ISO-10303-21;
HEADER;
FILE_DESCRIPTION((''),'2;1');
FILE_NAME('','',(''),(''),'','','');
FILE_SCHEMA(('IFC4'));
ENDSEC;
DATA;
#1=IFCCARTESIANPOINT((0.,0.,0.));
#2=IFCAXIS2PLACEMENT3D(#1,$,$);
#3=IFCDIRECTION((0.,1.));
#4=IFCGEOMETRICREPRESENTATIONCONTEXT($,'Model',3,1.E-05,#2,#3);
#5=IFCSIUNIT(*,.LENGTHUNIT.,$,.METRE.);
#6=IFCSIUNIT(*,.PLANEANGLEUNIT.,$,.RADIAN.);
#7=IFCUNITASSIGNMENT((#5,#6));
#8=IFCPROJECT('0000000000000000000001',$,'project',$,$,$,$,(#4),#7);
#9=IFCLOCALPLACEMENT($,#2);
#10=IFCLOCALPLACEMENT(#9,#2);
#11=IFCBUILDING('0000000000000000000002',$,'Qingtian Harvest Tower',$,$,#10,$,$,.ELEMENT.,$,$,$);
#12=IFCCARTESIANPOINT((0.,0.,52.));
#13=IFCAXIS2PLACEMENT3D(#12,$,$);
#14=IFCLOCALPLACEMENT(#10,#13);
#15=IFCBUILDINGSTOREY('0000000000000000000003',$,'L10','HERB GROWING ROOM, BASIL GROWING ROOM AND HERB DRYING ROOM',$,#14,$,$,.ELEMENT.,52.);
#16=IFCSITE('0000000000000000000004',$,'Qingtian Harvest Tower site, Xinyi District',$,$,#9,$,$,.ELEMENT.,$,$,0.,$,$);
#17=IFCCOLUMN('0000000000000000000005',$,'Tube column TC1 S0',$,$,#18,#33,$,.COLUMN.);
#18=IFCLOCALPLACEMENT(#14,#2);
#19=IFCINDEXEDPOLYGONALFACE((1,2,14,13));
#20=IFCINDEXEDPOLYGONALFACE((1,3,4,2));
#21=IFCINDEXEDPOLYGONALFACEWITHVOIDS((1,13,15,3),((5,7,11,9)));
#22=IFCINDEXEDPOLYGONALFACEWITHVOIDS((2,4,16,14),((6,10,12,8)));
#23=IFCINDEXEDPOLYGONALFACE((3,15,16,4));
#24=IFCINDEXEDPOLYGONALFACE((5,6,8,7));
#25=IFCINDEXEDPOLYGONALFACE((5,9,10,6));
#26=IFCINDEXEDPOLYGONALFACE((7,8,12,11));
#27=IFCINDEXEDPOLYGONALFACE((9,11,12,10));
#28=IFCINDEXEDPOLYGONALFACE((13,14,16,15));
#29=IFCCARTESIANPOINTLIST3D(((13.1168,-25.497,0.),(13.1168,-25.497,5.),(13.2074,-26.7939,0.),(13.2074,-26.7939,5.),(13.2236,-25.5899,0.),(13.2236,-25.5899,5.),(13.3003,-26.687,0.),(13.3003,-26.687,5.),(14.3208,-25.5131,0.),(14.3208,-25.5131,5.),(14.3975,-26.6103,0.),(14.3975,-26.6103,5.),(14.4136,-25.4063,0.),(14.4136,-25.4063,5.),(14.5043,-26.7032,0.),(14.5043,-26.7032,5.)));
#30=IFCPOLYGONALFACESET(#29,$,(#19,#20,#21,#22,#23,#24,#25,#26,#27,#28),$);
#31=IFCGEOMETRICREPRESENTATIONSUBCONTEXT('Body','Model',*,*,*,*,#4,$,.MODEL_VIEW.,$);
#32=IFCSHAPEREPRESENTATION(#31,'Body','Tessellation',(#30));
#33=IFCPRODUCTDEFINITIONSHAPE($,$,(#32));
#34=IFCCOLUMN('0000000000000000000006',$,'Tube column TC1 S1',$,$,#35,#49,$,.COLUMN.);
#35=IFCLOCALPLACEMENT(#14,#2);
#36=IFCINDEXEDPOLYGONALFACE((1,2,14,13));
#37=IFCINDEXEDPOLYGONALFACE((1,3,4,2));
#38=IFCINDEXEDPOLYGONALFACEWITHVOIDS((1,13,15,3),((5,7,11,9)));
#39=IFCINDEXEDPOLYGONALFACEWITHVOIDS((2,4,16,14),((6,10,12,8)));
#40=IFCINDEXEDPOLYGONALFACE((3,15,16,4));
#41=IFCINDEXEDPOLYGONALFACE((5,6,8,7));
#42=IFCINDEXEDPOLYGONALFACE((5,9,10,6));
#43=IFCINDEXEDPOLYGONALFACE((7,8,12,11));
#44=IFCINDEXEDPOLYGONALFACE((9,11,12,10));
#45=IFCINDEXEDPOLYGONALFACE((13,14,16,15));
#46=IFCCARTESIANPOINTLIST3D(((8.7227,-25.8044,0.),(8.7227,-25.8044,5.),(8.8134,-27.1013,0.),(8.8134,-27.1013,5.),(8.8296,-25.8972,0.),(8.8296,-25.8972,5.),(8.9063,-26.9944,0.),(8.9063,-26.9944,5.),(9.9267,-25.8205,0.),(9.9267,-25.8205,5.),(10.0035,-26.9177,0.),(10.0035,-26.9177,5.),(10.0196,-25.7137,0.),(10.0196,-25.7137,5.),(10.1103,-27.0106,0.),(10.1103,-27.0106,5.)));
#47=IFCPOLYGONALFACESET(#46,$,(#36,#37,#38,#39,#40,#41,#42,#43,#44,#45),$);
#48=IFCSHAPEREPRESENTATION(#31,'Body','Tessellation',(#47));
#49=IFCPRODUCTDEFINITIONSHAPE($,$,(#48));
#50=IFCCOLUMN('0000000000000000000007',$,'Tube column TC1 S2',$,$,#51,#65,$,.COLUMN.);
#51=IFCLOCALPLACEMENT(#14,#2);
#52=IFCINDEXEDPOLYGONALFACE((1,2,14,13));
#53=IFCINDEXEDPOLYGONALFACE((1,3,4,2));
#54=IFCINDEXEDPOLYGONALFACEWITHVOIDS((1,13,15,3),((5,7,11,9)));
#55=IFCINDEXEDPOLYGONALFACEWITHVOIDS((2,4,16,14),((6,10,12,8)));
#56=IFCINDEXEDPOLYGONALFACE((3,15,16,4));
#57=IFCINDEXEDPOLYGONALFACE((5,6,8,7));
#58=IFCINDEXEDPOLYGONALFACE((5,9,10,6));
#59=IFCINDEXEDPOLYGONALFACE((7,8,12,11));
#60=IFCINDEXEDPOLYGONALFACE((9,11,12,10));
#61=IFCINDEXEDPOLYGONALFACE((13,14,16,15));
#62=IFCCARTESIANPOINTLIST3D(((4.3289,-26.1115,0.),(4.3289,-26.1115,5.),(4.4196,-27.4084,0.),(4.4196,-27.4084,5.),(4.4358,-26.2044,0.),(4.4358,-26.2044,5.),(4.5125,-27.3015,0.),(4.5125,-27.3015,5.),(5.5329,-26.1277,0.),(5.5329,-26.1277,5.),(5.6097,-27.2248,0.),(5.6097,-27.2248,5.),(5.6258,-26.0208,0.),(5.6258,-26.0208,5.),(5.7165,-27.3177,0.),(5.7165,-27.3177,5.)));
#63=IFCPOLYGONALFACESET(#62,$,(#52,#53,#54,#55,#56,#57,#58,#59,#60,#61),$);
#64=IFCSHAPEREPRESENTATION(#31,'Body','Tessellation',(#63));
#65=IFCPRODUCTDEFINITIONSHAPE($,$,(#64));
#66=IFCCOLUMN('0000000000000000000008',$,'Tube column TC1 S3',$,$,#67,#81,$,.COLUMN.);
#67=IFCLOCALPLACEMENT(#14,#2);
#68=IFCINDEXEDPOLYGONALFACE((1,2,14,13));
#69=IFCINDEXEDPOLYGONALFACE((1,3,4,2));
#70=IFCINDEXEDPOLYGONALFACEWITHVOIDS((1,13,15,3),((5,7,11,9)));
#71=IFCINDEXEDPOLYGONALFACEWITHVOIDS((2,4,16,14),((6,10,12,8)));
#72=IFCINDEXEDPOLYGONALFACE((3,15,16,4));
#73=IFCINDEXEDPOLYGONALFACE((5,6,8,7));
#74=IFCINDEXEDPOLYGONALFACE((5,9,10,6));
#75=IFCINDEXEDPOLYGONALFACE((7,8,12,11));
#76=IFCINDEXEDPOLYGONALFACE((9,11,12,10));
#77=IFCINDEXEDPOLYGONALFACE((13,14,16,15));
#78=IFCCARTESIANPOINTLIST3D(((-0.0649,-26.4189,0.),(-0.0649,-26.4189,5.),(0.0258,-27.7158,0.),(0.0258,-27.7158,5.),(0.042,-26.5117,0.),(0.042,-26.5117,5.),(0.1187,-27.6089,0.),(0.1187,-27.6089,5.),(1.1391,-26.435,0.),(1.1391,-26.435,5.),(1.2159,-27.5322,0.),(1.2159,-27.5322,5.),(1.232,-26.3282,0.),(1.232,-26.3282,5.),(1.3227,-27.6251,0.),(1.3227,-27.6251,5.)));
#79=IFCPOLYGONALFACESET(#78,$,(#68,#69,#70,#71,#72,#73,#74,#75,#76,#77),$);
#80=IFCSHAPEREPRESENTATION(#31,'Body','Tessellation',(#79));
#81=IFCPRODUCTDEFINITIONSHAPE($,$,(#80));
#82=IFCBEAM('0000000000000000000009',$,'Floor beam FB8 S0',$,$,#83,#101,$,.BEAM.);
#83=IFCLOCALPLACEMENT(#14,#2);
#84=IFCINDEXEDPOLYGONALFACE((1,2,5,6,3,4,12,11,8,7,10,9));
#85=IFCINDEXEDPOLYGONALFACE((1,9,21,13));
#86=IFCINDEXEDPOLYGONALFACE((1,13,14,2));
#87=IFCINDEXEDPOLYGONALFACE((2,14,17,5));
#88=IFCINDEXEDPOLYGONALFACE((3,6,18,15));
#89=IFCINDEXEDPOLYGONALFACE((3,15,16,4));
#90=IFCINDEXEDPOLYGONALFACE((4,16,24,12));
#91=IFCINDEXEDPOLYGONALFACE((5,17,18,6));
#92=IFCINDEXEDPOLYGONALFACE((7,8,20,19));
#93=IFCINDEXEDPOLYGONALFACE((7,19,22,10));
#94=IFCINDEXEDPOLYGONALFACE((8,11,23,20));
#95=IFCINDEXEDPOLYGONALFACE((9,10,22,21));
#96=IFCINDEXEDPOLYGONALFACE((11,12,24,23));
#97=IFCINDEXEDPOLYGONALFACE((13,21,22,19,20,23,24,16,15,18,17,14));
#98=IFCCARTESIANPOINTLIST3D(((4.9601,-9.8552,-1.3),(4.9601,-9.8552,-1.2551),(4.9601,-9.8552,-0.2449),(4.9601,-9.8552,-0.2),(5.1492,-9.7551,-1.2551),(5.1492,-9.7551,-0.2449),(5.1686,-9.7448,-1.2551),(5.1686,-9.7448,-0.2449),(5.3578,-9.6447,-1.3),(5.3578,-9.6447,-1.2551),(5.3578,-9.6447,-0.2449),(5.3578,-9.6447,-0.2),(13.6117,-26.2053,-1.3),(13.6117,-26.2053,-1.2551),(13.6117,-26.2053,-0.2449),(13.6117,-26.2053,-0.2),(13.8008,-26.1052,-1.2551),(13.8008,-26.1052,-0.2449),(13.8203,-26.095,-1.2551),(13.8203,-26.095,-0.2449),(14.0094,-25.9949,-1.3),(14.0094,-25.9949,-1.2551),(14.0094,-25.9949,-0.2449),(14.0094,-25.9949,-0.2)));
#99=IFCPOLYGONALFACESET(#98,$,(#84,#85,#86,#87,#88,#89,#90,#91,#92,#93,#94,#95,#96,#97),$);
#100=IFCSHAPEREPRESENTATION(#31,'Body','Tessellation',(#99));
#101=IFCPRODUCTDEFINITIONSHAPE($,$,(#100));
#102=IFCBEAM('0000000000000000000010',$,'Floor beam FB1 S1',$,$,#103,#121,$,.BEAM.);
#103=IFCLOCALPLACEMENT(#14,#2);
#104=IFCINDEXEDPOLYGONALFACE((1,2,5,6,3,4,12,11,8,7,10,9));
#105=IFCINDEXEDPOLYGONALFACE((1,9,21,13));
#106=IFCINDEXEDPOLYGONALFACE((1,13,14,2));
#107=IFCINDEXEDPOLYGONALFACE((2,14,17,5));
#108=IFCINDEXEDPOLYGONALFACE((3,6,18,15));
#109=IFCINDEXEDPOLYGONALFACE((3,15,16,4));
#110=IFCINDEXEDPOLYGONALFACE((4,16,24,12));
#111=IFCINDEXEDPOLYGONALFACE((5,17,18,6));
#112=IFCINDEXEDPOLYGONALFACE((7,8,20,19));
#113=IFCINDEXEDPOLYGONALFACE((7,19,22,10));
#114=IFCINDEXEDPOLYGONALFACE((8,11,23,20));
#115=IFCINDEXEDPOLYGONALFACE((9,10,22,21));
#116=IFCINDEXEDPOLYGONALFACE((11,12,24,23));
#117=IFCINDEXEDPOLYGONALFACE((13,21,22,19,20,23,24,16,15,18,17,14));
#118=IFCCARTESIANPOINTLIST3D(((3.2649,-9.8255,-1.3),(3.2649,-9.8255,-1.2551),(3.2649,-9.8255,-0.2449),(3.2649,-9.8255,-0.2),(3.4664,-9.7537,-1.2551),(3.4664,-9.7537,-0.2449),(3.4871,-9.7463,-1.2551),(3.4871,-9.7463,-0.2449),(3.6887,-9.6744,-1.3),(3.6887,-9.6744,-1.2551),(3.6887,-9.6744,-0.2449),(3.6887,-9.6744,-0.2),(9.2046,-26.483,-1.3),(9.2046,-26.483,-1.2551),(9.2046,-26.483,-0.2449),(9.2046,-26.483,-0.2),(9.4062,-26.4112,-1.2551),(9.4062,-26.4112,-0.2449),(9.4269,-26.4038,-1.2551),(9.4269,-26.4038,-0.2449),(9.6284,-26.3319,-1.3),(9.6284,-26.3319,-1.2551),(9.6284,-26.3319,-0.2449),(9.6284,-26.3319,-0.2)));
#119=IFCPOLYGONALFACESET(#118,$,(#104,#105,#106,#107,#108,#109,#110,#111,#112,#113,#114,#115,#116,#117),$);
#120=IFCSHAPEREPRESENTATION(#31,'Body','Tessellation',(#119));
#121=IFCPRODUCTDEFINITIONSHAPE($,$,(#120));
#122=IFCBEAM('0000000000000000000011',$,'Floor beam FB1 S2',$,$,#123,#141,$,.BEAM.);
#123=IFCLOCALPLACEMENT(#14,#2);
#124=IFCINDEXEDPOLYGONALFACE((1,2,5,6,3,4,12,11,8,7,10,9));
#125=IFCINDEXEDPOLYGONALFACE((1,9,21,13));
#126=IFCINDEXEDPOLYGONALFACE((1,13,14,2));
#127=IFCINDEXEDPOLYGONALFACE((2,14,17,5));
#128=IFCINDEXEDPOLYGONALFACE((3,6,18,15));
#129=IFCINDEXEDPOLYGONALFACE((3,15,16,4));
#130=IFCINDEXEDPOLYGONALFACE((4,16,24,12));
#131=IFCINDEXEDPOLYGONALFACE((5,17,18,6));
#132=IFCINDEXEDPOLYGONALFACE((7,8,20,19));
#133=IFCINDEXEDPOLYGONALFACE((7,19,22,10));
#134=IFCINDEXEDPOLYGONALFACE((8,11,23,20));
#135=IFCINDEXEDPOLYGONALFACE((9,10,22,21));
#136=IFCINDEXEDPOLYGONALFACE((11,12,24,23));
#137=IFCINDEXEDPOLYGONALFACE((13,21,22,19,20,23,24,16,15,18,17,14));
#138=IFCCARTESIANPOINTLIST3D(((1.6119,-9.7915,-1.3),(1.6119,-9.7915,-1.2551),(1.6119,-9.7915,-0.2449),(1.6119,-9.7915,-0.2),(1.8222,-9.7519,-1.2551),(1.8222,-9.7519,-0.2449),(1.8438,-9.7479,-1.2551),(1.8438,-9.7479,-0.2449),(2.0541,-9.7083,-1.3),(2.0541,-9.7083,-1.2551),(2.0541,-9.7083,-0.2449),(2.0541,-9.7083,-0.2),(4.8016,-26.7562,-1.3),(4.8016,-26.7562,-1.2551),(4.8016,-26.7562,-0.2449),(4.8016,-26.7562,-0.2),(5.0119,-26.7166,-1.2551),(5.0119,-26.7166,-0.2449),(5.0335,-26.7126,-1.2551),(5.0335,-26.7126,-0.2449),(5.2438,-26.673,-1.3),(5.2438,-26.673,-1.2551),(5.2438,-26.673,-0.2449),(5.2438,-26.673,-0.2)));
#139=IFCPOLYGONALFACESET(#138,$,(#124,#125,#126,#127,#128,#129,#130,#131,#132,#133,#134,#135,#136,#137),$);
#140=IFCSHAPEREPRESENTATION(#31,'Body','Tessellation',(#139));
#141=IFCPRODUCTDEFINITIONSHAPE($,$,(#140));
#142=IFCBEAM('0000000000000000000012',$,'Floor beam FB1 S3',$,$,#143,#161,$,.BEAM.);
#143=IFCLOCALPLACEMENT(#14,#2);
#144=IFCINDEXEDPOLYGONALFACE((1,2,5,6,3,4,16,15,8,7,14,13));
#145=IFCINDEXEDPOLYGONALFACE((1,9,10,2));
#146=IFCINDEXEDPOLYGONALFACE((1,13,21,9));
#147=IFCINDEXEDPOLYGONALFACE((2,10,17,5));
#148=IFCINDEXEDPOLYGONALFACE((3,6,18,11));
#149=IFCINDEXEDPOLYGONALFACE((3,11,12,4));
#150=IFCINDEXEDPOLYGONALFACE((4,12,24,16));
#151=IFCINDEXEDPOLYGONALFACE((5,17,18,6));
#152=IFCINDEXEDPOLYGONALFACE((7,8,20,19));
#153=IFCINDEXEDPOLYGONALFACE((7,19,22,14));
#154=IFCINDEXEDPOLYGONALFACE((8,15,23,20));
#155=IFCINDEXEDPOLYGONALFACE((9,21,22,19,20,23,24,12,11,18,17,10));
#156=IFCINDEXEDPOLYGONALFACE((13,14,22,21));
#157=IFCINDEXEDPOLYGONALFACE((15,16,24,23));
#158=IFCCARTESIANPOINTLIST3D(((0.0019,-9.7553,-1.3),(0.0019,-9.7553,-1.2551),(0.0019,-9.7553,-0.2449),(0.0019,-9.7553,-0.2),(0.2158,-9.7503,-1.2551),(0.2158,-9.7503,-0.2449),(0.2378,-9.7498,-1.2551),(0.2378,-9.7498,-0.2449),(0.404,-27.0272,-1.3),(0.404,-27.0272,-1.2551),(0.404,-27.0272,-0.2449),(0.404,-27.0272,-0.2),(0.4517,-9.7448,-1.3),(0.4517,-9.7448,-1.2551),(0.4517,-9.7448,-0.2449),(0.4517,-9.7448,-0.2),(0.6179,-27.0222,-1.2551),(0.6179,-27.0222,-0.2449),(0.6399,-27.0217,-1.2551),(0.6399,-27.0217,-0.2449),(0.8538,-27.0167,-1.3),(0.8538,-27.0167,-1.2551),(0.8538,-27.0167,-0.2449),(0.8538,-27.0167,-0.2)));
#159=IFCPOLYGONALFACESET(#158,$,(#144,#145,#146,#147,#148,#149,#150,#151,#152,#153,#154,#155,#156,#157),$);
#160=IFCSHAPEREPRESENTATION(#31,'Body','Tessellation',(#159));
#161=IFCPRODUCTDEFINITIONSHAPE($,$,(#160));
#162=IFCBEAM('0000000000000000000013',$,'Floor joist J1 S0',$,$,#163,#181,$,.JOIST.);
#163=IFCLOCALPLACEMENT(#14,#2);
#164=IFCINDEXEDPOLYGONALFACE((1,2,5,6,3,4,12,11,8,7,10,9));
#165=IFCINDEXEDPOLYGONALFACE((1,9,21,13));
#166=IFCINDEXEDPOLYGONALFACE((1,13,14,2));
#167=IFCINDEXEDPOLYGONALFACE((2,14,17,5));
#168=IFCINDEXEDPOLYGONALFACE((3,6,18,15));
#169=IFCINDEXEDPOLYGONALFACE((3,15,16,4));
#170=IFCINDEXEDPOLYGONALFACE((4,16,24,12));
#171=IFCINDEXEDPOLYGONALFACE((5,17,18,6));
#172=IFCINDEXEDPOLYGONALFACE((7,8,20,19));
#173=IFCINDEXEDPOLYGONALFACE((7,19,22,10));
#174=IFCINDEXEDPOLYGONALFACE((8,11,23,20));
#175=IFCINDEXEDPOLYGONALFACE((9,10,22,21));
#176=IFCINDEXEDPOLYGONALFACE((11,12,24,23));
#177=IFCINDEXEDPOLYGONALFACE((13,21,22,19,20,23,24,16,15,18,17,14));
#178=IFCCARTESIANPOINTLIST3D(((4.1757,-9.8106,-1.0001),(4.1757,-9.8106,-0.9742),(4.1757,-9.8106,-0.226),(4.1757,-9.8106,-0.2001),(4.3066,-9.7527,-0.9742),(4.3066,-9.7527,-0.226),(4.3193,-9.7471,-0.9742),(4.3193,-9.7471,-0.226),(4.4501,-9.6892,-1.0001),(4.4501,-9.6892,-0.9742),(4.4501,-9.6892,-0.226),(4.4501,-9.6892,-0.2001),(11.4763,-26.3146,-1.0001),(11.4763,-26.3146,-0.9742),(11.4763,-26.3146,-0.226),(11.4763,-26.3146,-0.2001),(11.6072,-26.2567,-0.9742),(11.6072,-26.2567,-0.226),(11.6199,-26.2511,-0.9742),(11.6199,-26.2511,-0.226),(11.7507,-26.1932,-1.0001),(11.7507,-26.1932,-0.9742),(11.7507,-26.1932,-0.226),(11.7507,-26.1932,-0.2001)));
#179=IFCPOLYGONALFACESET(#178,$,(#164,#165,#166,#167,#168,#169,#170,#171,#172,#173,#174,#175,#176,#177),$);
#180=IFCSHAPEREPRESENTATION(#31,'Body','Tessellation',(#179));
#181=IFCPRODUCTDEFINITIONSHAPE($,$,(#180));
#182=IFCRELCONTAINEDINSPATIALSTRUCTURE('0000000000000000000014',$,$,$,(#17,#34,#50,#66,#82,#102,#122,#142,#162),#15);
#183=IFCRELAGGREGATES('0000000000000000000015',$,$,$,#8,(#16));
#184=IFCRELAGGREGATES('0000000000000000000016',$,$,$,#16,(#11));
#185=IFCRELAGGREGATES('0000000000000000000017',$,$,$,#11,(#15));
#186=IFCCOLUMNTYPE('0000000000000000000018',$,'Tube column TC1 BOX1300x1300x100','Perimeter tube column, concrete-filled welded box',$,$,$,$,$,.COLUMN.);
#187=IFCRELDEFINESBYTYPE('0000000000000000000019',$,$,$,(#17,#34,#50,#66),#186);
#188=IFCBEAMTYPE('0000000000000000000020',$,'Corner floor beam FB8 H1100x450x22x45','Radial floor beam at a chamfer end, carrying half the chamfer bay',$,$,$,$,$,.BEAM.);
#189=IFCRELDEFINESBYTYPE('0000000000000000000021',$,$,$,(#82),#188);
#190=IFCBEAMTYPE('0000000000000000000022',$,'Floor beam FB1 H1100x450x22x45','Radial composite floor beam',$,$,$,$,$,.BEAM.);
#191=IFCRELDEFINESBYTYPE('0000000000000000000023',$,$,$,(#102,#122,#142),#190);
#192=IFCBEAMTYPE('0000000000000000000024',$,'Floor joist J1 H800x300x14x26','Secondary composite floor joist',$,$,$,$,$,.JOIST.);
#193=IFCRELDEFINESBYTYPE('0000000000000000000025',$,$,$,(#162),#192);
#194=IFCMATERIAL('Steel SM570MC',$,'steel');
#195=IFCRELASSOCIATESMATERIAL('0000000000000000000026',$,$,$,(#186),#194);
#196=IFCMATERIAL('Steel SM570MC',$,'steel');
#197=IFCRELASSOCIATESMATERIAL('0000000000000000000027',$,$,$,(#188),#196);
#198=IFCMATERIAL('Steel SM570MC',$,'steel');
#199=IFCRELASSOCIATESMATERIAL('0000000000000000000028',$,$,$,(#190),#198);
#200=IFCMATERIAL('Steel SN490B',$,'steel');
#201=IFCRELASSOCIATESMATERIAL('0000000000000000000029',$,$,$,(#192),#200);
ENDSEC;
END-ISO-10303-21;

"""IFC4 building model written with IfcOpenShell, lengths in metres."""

from ifc_helpers import new_model, si_unit, direction, frame, origin, origin_2d, place, context, subcontext, project, spatial, hollow_rectangle, i_section, extrude, material, material_profile, profile_set, type_object, element, save


model = new_model("IFC4")

# Units and contexts
model_context = context("Model", 3, precision=1e-05, world=origin(), true_north=direction((0.0, 1.0)))
body_context = subcontext(model_context, "Body", "Model", "MODEL_VIEW")
ifc_project = project(units=[si_unit("LENGTHUNIT", "METRE"), si_unit("PLANEANGLEUNIT", "RADIAN")], contexts=[model_context])

# Site, building, storey
site_placement = place(None, origin())
site = spatial("IfcSite", under=ifc_project, at=site_placement, Name="Qingtian Harvest Tower site, Xinyi District", CompositionType="ELEMENT", RefElevation=0.0)
building_placement = place(site_placement, origin())
building = spatial("IfcBuilding", under=site, at=building_placement, Name="Qingtian Harvest Tower", CompositionType="ELEMENT")
storey_placement = place(building_placement, frame((0.0, 0.0, 52.0)))
storey = spatial("IfcBuildingStorey", under=building, at=storey_placement, Name="L10", Description="HERB GROWING ROOM, BASIL GROWING ROOM AND HERB DRYING ROOM", CompositionType="ELEMENT", Elevation=52.0)

# Columns
ifc_material_1 = material(Name="Steel SM570MC", Category="steel")
ifc_material_profile_1 = material_profile(ifc_material_1, hollow_rectangle(XDim=1.3, YDim=1.3, WallThickness=0.1001, at=origin_2d()), Name="BOX1300x1300x100")
ifc_profile_set_1 = profile_set([ifc_material_profile_1], Name="Steel SM570MC")
column_type = type_object("IfcColumnType", Name="Tube column TC1 BOX1300x1300x100", Description="Perimeter tube column, concrete-filled welded box", PredefinedType="COLUMN", material=ifc_profile_set_1)
for number, where, z_axis, x_axis, name in (
    (1, (13.8105, -26.1001, 0.0), (0.0, 0.0, 1.0), (0.997564, 0.069756, 0.0), "Tube column TC1 S0"),
    (2, (9.4165, -26.4075, 0.0), (0.0, 0.0, 1.0), (0.997564, 0.069756, 0.0), "Tube column TC1 S1"),
    (3, (5.0227, -26.7146, 0.0), (0.0, 0.0, 1.0), (0.997564, 0.069756, 0.0), "Tube column TC1 S2"),
    (4, (0.6289, -27.022, 0.0), (0.0, 0.0, 1.0), (0.997564, 0.069756, 0.0), "Tube column TC1 S3"),
):
    element("IfcColumn", number, at=place(storey_placement, frame(where, z_axis=z_axis, x_axis=x_axis)), inside=storey, type_object=column_type, Name=name, PredefinedType="COLUMN", context=body_context, shape_type="SweptSolid", body=[
        extrude(hollow_rectangle(XDim=1.3, YDim=1.3, WallThickness=0.1001, at=origin_2d()), origin(), (0.0, 0.0, 1.0), 5.0),
    ])

# Beams
ifc_material_2 = material(Name="Steel SM570MC", Category="steel")
ifc_material_profile_2 = material_profile(ifc_material_2, i_section(OverallWidth=0.45, OverallDepth=1.1001, WebThickness=0.022, FlangeThickness=0.0449, at=origin_2d()), Name="H1100x450x22x45")
ifc_profile_set_2 = profile_set([ifc_material_profile_2], Name="Steel SM570MC")
beam_type_1 = type_object("IfcBeamType", Name="Corner floor beam FB8 H1100x450x22x45", Description="Radial floor beam at a chamfer end, carrying half the chamfer bay", PredefinedType="BEAM", material=ifc_profile_set_2)
beam_1_placement = place(storey_placement, frame((13.8105, -26.1001, -0.75), z_axis=(-0.467705, 0.883885, 0.0), x_axis=(-0.883885, -0.467705, 0.0)))
element("IfcBeam", 5, at=beam_1_placement, inside=storey, type_object=beam_type_1, Name="Floor beam FB8 S0", PredefinedType="BEAM", context=body_context, shape_type="SweptSolid", body=[
    extrude(i_section(OverallWidth=0.45, OverallDepth=1.1001, WebThickness=0.022, FlangeThickness=0.0449, at=origin_2d()), origin(), (0.0, 0.0, 1.0), 18.498),
])
ifc_material_3 = material(Name="Steel SM570MC", Category="steel")
ifc_material_profile_3 = material_profile(ifc_material_3, i_section(OverallWidth=0.45, OverallDepth=1.1001, WebThickness=0.022, FlangeThickness=0.0449, at=origin_2d()), Name="H1100x450x22x45")
ifc_profile_set_3 = profile_set([ifc_material_profile_3], Name="Steel SM570MC")
beam_type_2 = type_object("IfcBeamType", Name="Floor beam FB1 H1100x450x22x45", Description="Radial composite floor beam", PredefinedType="BEAM", material=ifc_profile_set_3)
beam_2_placement = place(storey_placement, frame((9.4165, -26.4075, -0.75), z_axis=(-0.335865, 0.94191, 0.0), x_axis=(-0.94191, -0.335865, 0.0)))
element("IfcBeam", 6, at=beam_2_placement, inside=storey, type_object=beam_type_2, Name="Floor beam FB1 S1", PredefinedType="BEAM", context=body_context, shape_type="SweptSolid", body=[
    extrude(i_section(OverallWidth=0.45, OverallDepth=1.1001, WebThickness=0.022, FlangeThickness=0.0449, at=origin_2d()), origin(), (0.0, 0.0, 1.0), 17.6848),
])
beam_3_placement = place(storey_placement, frame((5.0227, -26.7146, -0.75), z_axis=(-0.184783, 0.982779, 0.0), x_axis=(-0.982779, -0.184783, 0.0)))
element("IfcBeam", 7, at=beam_3_placement, inside=storey, type_object=beam_type_2, Name="Floor beam FB1 S2", PredefinedType="BEAM", context=body_context, shape_type="SweptSolid", body=[
    extrude(i_section(OverallWidth=0.45, OverallDepth=1.1001, WebThickness=0.022, FlangeThickness=0.0449, at=origin_2d()), origin(), (0.0, 0.0, 1.0), 17.262),
])
beam_4_placement = place(storey_placement, frame((0.6289, -27.022, -0.75), z_axis=(-0.023274, 0.999729, 0.0), x_axis=(-0.999729, -0.023274, 0.0)))
element("IfcBeam", 8, at=beam_4_placement, inside=storey, type_object=beam_type_2, Name="Floor beam FB1 S3", PredefinedType="BEAM", context=body_context, shape_type="SweptSolid", body=[
    extrude(i_section(OverallWidth=0.45, OverallDepth=1.1001, WebThickness=0.022, FlangeThickness=0.0449, at=origin_2d()), origin(), (0.0, 0.0, 1.0), 17.2766),
])
ifc_material_4 = material(Name="Steel SN490B", Category="steel")
ifc_material_profile_4 = material_profile(ifc_material_4, i_section(OverallWidth=0.3, OverallDepth=0.8, WebThickness=0.0139, FlangeThickness=0.0259, at=origin_2d()), Name="H800x300x14x26")
ifc_profile_set_4 = profile_set([ifc_material_profile_4], Name="Steel SN490B")
beam_type_3 = type_object("IfcBeamType", Name="Floor joist J1 H800x300x14x26", Description="Secondary composite floor joist", PredefinedType="JOIST", material=ifc_profile_set_4)
beam_5_placement = place(storey_placement, frame((11.6135, -26.2539, -0.6001), z_axis=(-0.40454, 0.91452, 0.0), x_axis=(-0.91452, -0.40454, 0.0)))
element("IfcBeam", 9, at=beam_5_placement, inside=storey, type_object=beam_type_3, Name="Floor joist J1 S0", PredefinedType="JOIST", context=body_context, shape_type="SweptSolid", body=[
    extrude(i_section(OverallWidth=0.3, OverallDepth=0.8, WebThickness=0.0139, FlangeThickness=0.0259, at=origin_2d()), origin(), (0.0, 0.0, 1.0), 18.0466),
])

save(model, "model.ifc")
